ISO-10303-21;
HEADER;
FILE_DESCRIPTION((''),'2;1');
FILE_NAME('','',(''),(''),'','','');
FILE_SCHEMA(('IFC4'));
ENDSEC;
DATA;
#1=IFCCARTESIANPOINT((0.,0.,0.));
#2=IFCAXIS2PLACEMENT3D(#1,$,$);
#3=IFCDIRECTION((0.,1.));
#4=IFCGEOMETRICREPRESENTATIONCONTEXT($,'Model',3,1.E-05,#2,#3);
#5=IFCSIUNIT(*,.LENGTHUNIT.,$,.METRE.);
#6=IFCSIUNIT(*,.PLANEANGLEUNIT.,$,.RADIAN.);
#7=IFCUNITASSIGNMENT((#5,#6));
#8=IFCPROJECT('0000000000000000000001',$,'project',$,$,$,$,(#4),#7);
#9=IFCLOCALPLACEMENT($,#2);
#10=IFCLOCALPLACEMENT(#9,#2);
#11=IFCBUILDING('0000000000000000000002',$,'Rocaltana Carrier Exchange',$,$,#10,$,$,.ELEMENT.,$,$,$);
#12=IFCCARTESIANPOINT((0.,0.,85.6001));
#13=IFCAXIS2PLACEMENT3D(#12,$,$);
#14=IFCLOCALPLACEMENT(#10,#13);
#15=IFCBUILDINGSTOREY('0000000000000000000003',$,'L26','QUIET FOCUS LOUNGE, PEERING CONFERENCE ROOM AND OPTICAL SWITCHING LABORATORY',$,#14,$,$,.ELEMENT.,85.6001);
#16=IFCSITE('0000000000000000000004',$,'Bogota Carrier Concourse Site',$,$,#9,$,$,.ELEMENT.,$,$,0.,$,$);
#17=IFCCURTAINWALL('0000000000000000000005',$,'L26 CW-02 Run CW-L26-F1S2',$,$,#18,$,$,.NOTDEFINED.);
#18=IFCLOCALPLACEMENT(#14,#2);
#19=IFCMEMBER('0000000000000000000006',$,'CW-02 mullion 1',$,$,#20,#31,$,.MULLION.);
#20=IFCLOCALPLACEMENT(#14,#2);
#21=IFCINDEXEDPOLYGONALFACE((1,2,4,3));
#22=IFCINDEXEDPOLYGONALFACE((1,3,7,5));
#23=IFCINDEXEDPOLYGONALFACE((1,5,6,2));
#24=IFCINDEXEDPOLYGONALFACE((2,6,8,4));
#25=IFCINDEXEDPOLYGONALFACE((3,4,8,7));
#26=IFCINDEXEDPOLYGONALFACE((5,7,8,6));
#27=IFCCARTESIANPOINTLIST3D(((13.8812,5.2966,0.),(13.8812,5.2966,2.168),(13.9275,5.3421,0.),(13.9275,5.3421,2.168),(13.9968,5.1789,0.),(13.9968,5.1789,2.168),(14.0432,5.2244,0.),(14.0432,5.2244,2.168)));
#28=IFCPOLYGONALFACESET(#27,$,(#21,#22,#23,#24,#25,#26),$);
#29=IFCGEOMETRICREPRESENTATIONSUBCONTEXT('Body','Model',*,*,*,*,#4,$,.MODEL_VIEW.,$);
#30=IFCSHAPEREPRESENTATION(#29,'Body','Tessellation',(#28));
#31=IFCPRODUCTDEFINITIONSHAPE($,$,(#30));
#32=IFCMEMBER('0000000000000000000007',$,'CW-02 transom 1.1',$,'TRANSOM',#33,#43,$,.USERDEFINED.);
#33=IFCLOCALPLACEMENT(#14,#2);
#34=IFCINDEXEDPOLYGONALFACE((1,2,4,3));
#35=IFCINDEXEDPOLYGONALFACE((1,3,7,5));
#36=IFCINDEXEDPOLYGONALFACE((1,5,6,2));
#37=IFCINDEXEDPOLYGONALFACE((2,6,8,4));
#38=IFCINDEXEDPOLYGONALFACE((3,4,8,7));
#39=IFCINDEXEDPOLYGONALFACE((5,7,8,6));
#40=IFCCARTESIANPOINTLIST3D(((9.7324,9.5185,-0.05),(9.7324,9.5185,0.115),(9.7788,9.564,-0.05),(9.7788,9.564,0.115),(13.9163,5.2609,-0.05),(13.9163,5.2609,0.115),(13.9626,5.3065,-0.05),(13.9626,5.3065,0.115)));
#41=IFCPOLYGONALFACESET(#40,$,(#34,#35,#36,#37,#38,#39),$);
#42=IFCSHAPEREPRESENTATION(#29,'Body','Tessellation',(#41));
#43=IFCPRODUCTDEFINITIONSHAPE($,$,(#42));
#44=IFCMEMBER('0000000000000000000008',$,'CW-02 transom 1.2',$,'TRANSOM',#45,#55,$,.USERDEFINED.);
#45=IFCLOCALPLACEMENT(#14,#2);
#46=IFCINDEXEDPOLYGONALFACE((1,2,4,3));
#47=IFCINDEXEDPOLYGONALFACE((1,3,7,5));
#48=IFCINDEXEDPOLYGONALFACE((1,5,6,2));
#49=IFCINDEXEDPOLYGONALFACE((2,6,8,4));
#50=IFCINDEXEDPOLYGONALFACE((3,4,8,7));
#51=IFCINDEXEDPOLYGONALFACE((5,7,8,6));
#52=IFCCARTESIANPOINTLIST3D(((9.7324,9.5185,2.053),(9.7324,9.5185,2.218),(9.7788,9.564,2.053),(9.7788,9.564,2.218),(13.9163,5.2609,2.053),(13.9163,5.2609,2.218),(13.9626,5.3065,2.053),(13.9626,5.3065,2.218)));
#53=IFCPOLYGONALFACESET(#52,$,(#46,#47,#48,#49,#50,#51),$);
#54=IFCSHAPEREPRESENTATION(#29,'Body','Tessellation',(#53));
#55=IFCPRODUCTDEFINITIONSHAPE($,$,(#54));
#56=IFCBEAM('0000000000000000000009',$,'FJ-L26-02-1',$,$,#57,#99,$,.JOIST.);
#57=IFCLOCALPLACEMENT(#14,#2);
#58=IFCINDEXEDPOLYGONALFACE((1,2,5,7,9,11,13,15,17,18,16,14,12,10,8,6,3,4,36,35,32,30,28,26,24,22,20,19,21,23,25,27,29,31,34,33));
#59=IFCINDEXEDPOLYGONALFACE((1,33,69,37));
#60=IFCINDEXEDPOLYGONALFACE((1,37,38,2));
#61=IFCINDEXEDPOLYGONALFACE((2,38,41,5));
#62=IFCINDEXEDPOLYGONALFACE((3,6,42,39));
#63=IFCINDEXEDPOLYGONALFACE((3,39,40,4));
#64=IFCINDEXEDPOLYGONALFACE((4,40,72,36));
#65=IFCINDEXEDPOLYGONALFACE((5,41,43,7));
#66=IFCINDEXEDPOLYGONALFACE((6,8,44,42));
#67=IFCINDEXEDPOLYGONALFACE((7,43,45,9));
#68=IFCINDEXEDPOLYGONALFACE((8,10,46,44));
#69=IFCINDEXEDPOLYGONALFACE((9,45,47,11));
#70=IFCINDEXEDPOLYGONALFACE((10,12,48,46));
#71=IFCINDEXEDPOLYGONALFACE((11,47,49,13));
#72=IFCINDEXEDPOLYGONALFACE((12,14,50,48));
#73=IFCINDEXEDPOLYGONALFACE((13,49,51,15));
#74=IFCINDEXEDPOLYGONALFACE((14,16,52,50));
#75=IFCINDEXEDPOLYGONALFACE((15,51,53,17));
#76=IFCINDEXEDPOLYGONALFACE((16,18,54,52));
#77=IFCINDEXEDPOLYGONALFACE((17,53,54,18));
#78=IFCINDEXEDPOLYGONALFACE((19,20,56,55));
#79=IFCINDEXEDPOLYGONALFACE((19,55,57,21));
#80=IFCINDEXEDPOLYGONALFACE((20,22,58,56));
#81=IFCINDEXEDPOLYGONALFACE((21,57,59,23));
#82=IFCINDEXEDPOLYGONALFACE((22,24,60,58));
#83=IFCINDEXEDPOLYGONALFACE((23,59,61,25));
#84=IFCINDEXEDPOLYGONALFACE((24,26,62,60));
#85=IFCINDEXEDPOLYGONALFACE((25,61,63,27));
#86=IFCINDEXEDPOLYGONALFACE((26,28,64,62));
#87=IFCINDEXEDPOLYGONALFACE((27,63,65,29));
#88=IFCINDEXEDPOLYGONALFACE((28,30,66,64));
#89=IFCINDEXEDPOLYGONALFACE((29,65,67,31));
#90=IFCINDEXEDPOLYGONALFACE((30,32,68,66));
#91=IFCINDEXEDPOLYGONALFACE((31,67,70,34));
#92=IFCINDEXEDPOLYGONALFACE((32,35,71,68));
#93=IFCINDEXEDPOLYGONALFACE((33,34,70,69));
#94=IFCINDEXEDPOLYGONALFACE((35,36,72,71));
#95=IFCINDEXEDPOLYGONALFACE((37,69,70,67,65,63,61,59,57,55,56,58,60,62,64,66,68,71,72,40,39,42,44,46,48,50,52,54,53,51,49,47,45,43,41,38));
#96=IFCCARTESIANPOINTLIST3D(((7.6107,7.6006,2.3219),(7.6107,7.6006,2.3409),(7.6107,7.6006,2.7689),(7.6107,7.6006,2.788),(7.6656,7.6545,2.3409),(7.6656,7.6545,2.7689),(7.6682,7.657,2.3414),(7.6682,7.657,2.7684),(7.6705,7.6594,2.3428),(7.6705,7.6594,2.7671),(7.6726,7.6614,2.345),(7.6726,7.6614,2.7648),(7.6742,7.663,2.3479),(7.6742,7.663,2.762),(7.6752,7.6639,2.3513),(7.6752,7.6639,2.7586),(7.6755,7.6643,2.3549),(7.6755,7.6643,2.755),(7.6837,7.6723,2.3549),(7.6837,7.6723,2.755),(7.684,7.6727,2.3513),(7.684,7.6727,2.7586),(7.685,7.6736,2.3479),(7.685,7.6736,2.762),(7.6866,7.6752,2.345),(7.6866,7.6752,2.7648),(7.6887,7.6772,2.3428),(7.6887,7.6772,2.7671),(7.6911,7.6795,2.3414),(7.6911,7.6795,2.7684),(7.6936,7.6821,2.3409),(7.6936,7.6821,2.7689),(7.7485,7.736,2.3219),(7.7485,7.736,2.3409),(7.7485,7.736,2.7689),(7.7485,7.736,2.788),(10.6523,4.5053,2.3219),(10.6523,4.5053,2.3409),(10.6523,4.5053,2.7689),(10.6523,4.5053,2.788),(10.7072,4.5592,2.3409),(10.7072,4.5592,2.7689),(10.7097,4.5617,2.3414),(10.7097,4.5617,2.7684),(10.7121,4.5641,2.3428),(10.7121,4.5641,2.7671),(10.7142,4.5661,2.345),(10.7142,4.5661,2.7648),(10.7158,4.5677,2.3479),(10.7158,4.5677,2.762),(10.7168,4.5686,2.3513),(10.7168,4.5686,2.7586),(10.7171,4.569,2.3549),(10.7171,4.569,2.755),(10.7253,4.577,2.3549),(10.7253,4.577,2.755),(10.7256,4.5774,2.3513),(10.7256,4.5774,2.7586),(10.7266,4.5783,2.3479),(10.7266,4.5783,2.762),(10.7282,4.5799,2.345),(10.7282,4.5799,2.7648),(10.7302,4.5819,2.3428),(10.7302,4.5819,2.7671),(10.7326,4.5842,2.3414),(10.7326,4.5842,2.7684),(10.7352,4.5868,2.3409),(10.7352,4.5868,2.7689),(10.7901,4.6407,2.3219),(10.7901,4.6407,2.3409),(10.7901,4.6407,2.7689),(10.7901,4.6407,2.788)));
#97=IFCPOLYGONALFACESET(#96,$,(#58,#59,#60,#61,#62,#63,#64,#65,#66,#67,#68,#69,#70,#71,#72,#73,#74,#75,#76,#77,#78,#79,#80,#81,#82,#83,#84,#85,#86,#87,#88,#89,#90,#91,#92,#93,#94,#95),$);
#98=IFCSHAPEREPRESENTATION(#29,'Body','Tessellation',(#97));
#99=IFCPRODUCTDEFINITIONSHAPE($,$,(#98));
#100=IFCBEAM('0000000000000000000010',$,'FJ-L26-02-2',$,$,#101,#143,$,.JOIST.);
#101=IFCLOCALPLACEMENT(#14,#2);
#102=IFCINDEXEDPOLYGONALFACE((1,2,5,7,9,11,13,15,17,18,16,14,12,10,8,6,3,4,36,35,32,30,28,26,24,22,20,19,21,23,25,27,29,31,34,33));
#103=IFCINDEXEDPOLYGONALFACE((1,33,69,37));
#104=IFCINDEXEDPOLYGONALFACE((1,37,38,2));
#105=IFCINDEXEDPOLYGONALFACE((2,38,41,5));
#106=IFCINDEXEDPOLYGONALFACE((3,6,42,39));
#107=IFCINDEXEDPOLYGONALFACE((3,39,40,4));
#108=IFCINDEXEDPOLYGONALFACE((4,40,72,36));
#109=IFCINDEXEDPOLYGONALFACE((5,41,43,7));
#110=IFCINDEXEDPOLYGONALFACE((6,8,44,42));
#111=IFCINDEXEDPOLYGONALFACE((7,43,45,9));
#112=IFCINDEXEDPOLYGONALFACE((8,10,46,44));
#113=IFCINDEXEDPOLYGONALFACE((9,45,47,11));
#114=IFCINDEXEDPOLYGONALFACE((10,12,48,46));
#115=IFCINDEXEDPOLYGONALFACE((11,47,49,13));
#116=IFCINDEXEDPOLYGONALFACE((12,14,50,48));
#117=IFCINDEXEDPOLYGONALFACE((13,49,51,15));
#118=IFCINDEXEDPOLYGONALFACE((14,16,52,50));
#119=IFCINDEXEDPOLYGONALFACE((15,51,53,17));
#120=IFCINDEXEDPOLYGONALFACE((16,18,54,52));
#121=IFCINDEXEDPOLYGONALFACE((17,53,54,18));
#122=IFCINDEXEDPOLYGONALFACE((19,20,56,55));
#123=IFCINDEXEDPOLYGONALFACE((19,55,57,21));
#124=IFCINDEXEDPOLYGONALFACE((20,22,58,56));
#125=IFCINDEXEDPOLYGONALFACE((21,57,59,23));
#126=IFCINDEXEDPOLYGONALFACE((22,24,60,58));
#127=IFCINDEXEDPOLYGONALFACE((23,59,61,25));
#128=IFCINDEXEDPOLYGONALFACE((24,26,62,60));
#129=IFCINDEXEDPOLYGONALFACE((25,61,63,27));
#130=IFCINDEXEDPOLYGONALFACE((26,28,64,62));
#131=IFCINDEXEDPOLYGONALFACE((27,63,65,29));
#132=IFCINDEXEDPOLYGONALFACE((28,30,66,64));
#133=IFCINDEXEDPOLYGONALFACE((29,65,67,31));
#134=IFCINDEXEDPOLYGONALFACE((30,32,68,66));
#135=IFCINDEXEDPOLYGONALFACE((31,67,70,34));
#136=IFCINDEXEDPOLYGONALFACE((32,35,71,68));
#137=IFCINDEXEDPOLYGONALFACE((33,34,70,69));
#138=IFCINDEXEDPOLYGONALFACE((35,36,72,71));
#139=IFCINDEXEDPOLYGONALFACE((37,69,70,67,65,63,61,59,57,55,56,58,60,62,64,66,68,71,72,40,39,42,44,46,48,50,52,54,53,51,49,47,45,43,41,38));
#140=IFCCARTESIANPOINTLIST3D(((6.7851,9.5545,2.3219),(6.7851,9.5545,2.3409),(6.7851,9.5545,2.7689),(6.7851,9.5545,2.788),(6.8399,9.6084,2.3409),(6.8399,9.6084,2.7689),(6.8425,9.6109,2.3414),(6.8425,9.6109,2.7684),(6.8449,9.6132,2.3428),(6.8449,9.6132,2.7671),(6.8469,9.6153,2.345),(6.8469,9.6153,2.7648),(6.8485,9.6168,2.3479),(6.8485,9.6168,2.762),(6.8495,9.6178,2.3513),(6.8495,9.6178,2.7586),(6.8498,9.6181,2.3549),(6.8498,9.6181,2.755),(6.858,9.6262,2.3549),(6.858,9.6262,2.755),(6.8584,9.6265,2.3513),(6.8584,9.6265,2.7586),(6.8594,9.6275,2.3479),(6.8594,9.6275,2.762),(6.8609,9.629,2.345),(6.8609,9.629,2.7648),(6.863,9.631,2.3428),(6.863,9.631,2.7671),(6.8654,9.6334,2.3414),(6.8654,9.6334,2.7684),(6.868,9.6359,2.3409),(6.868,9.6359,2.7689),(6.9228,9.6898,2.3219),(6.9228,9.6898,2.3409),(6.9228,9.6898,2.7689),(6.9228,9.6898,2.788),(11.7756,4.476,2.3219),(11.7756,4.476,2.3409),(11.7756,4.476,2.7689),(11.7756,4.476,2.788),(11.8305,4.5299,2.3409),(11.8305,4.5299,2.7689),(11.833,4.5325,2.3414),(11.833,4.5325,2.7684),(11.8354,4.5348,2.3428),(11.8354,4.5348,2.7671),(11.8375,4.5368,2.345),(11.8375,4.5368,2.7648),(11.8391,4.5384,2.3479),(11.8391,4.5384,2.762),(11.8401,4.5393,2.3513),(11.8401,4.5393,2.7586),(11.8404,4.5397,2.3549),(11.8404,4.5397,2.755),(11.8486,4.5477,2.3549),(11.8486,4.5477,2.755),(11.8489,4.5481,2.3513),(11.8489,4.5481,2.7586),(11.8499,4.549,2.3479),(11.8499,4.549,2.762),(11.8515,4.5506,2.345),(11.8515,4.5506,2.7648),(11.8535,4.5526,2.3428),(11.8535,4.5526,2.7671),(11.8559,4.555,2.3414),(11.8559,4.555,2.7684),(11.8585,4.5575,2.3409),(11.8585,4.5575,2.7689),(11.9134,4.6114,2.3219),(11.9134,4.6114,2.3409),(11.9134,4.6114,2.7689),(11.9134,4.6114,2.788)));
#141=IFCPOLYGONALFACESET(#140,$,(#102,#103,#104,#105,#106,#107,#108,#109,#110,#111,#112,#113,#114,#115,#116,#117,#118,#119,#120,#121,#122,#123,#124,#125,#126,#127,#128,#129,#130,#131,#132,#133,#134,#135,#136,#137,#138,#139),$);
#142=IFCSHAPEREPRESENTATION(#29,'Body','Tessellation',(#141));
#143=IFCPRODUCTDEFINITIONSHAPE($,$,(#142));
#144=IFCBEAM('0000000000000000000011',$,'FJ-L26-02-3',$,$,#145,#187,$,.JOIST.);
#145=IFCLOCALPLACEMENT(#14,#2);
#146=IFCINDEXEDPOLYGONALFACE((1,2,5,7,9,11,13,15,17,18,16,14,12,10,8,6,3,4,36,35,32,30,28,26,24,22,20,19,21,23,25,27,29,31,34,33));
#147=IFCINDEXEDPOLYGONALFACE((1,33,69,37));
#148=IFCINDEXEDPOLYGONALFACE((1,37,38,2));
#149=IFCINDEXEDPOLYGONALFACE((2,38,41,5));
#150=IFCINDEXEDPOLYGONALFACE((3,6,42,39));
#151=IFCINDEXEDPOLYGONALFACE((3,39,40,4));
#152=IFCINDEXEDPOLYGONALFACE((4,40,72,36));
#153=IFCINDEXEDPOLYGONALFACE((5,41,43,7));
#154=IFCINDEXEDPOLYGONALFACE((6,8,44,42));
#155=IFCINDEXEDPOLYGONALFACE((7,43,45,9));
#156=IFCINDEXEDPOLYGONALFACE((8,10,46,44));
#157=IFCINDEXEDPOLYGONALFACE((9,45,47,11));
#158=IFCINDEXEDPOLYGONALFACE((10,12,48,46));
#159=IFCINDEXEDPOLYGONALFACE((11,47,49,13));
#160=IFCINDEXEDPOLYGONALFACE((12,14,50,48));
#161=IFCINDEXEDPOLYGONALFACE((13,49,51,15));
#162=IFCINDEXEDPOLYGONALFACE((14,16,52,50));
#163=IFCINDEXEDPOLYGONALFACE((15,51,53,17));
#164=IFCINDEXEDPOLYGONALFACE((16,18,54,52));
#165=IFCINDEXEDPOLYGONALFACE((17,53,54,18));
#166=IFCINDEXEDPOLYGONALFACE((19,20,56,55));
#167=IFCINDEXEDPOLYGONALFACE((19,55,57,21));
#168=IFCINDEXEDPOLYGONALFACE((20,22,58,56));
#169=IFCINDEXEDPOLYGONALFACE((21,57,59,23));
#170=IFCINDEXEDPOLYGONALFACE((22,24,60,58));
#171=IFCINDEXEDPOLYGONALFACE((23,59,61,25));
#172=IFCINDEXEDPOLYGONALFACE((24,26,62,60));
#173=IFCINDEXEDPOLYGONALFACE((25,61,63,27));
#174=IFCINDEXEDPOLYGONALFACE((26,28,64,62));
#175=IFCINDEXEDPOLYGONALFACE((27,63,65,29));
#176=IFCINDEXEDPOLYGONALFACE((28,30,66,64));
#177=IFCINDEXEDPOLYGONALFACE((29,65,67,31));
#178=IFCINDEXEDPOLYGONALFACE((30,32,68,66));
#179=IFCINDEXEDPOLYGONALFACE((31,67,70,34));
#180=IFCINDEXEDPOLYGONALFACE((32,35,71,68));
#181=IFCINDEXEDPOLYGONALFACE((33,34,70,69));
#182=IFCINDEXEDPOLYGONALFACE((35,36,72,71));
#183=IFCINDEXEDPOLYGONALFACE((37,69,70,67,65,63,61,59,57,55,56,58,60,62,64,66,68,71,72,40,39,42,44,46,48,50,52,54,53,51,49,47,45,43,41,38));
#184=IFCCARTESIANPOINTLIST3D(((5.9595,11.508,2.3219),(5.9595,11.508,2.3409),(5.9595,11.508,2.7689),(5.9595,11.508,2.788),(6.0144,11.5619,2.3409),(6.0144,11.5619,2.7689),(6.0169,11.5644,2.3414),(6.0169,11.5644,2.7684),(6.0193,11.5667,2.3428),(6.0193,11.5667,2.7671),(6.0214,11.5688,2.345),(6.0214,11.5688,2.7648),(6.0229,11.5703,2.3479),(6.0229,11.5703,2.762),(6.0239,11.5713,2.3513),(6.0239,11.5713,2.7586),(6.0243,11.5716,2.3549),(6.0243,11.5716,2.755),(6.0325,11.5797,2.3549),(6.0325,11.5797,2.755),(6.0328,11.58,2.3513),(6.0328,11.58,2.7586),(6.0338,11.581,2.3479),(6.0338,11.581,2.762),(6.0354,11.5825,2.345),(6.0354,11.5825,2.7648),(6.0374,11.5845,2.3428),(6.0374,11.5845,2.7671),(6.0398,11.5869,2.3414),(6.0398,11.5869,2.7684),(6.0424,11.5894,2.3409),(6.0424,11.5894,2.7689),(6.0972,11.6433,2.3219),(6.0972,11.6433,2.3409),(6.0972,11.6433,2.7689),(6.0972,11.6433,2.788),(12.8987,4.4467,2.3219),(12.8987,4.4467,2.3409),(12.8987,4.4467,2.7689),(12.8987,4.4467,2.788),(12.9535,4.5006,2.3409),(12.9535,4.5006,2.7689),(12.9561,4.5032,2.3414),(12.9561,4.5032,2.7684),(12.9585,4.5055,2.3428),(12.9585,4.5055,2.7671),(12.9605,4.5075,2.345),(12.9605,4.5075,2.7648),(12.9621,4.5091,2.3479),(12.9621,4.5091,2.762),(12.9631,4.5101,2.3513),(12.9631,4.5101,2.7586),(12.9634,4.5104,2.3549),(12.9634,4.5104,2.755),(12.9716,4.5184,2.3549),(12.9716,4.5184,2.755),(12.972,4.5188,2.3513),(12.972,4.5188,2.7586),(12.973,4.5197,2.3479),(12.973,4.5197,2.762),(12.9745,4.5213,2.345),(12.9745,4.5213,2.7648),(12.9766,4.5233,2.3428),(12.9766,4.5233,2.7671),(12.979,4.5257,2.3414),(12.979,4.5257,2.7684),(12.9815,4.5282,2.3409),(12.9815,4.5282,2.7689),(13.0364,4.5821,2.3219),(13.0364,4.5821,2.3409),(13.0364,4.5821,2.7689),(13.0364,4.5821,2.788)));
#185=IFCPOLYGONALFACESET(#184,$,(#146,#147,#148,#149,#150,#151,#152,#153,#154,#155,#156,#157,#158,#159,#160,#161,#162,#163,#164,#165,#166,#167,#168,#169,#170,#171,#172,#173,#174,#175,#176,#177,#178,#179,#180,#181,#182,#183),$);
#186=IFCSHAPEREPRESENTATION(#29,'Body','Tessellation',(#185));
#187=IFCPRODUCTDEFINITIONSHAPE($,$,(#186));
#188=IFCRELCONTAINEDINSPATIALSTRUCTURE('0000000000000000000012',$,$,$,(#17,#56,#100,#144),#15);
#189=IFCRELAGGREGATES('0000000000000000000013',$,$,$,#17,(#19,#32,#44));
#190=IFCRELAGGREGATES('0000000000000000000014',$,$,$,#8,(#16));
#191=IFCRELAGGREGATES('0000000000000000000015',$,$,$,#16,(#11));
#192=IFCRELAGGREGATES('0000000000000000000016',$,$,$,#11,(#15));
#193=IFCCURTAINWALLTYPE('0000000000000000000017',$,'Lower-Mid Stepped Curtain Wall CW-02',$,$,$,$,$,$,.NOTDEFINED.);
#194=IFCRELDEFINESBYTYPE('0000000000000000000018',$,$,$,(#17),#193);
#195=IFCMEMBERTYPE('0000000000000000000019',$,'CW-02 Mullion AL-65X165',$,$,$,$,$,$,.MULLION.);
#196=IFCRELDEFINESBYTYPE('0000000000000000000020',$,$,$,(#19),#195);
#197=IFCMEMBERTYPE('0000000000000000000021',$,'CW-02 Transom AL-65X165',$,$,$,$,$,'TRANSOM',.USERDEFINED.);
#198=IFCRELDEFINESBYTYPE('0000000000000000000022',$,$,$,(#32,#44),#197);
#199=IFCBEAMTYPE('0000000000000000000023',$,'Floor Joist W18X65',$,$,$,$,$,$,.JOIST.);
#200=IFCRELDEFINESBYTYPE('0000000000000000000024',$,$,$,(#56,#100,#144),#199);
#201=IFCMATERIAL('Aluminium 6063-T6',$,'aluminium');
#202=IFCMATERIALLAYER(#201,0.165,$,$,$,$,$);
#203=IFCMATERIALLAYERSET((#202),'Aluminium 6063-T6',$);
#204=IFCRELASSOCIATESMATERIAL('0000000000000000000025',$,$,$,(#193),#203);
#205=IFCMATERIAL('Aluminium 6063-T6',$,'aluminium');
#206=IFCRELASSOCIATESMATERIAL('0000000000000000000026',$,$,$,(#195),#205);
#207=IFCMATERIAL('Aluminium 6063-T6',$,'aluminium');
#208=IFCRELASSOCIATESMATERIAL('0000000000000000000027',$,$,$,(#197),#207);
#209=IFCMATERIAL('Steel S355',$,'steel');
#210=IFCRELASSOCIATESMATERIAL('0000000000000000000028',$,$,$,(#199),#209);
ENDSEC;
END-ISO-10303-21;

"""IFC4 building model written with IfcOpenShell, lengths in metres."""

from ifc_helpers import new_model, si_unit, direction, frame, origin, origin_2d, place, context, subcontext, project, spatial, rectangle, i_section, extrude, material, layer, layer_set, material_profile, profile_set, type_object, element, aggregate, save


model = new_model("IFC4")

# Units and contexts
model_context = context("Model", 3, precision=1e-05, world=origin(), true_north=direction((0.0, 1.0)))
body_context = subcontext(model_context, "Body", "Model", "MODEL_VIEW")
ifc_project = project(units=[si_unit("LENGTHUNIT", "METRE"), si_unit("PLANEANGLEUNIT", "RADIAN")], contexts=[model_context])

# Site, building, storey
site_placement = place(None, origin())
site = spatial("IfcSite", under=ifc_project, at=site_placement, Name="Bogota Carrier Concourse Site", CompositionType="ELEMENT", RefElevation=0.0)
building_placement = place(site_placement, origin())
building = spatial("IfcBuilding", under=site, at=building_placement, Name="Rocaltana Carrier Exchange", CompositionType="ELEMENT")
storey_placement = place(building_placement, frame((0.0, 0.0, 85.6001)))
storey = spatial("IfcBuildingStorey", under=building, at=storey_placement, Name="L26", Description="QUIET FOCUS LOUNGE, PEERING CONFERENCE ROOM AND OPTICAL SWITCHING LABORATORY", CompositionType="ELEMENT", Elevation=85.6001)

# Curtain wall, members
ifc_material_1 = material(Name="Aluminium 6063-T6", Category="aluminium")
ifc_layer_1 = layer(ifc_material_1, 0.165)
ifc_layer_set_1 = layer_set([ifc_layer_1], Name="Aluminium 6063-T6")
curtain_wall_type = type_object("IfcCurtainWallType", Name="Lower-Mid Stepped Curtain Wall CW-02", PredefinedType="NOTDEFINED", material=ifc_layer_set_1)
curtain_wall_placement = place(storey_placement, origin())
curtain_wall = element("IfcCurtainWall", 1, at=curtain_wall_placement, inside=storey, type_object=curtain_wall_type, Name="L26 CW-02 Run CW-L26-F1S2", PredefinedType="NOTDEFINED")
ifc_material_2 = material(Name="Aluminium 6063-T6", Category="aluminium")
ifc_material_profile_1 = material_profile(ifc_material_2, rectangle(XDim=0.0649, YDim=0.165, at=origin_2d()), Name="AL-65X165")
ifc_profile_set_1 = profile_set([ifc_material_profile_1], Name="Aluminium 6063-T6")
member_type_1 = type_object("IfcMemberType", Name="CW-02 Mullion AL-65X165", PredefinedType="MULLION", material=ifc_profile_set_1)
member_1_placement = place(storey_placement, frame((13.9622, 5.2605, 0.0), z_axis=(0.0, 0.0, 1.0), x_axis=(-0.713245, -0.700915, 0.0)))
member_1 = element("IfcMember", 2, at=member_1_placement, type_object=member_type_1, Name="CW-02 mullion 1", PredefinedType="MULLION", context=body_context, shape_type="SweptSolid", body=[
    extrude(rectangle(XDim=0.0649, YDim=0.165, at=origin_2d()), origin(), (0.0, 0.0, 1.0), 2.168),
])
ifc_material_3 = material(Name="Aluminium 6063-T6", Category="aluminium")
ifc_material_profile_2 = material_profile(ifc_material_3, rectangle(XDim=0.0649, YDim=0.165, at=origin_2d()), Name="AL-65X165")
ifc_profile_set_2 = profile_set([ifc_material_profile_2], Name="Aluminium 6063-T6")
member_type_2 = type_object("IfcMemberType", Name="CW-02 Transom AL-65X165", ElementType="TRANSOM", PredefinedType="USERDEFINED", material=ifc_profile_set_2)
member_2_placement = place(storey_placement, frame((13.9395, 5.2837, 0.0325), z_axis=(-0.700904, 0.713256, 0.0), x_axis=(-0.713256, -0.700904, 0.0)))
member_2 = element("IfcMember", 3, at=member_2_placement, type_object=member_type_2, Name="CW-02 transom 1.1", ObjectType="TRANSOM", PredefinedType="USERDEFINED", context=body_context, shape_type="SweptSolid", body=[
    extrude(rectangle(XDim=0.0649, YDim=0.165, at=origin_2d()), origin(), (0.0, 0.0, 1.0), 5.9692),
])
member_3_placement = place(storey_placement, frame((13.9395, 5.2837, 2.1355), z_axis=(-0.700904, 0.713256, 0.0), x_axis=(-0.713256, -0.700904, 0.0)))
member_3 = element("IfcMember", 4, at=member_3_placement, type_object=member_type_2, Name="CW-02 transom 1.2", ObjectType="TRANSOM", PredefinedType="USERDEFINED", context=body_context, shape_type="SweptSolid", body=[
    extrude(rectangle(XDim=0.0649, YDim=0.165, at=origin_2d()), origin(), (0.0, 0.0, 1.0), 5.9692),
])

# Beams
ifc_material_4 = material(Name="Steel S355", Category="steel")
ifc_material_profile_3 = material_profile(ifc_material_4, i_section(OverallWidth=0.1931, OverallDepth=0.4661, WebThickness=0.0115, FlangeThickness=0.019, FilletRadius=0.0139, at=origin_2d()), Name="W18X65")
ifc_profile_set_3 = profile_set([ifc_material_profile_3], Name="Steel S355")
beam_type_1 = type_object("IfcBeamType", Name="Floor Joist W18X65", PredefinedType="JOIST", material=ifc_profile_set_3)
beam_1_placement = place(storey_placement, frame((10.7212, 4.573, 2.5549), z_axis=(-0.700891, 0.713268, 0.0), x_axis=(-0.713268, -0.700891, 0.0)))
element("IfcBeam", 5, at=beam_1_placement, inside=storey, type_object=beam_type_1, Name="FJ-L26-02-1", PredefinedType="JOIST", context=body_context, shape_type="SweptSolid", body=[
    extrude(i_section(OverallWidth=0.1931, OverallDepth=0.4661, WebThickness=0.0115, FlangeThickness=0.019, FilletRadius=0.0139, at=origin_2d()), origin(), (0.0, 0.0, 1.0), 4.3396),
])
beam_2_placement = place(storey_placement, frame((11.8445, 4.5437, 2.5549), z_axis=(-0.700908, 0.713252, 0.0), x_axis=(-0.713252, -0.700908, 0.0)))
element("IfcBeam", 6, at=beam_2_placement, inside=storey, type_object=beam_type_1, Name="FJ-L26-02-2", PredefinedType="JOIST", context=body_context, shape_type="SweptSolid", body=[
    extrude(i_section(OverallWidth=0.1931, OverallDepth=0.4661, WebThickness=0.0115, FlangeThickness=0.019, FilletRadius=0.0139, at=origin_2d()), origin(), (0.0, 0.0, 1.0), 7.1201),
])
beam_3_placement = place(storey_placement, frame((12.9675, 4.5144, 2.5549), z_axis=(-0.700915, 0.713245, 0.0), x_axis=(-0.713245, -0.700915, 0.0)))
element("IfcBeam", 7, at=beam_3_placement, inside=storey, type_object=beam_type_1, Name="FJ-L26-02-3", PredefinedType="JOIST", context=body_context, shape_type="SweptSolid", body=[
    extrude(i_section(OverallWidth=0.1931, OverallDepth=0.4661, WebThickness=0.0115, FlangeThickness=0.019, FilletRadius=0.0139, at=origin_2d()), origin(), (0.0, 0.0, 1.0), 9.9001),
])

aggregate(curtain_wall, [member_1, member_2, member_3])

save(model, "model.ifc")
